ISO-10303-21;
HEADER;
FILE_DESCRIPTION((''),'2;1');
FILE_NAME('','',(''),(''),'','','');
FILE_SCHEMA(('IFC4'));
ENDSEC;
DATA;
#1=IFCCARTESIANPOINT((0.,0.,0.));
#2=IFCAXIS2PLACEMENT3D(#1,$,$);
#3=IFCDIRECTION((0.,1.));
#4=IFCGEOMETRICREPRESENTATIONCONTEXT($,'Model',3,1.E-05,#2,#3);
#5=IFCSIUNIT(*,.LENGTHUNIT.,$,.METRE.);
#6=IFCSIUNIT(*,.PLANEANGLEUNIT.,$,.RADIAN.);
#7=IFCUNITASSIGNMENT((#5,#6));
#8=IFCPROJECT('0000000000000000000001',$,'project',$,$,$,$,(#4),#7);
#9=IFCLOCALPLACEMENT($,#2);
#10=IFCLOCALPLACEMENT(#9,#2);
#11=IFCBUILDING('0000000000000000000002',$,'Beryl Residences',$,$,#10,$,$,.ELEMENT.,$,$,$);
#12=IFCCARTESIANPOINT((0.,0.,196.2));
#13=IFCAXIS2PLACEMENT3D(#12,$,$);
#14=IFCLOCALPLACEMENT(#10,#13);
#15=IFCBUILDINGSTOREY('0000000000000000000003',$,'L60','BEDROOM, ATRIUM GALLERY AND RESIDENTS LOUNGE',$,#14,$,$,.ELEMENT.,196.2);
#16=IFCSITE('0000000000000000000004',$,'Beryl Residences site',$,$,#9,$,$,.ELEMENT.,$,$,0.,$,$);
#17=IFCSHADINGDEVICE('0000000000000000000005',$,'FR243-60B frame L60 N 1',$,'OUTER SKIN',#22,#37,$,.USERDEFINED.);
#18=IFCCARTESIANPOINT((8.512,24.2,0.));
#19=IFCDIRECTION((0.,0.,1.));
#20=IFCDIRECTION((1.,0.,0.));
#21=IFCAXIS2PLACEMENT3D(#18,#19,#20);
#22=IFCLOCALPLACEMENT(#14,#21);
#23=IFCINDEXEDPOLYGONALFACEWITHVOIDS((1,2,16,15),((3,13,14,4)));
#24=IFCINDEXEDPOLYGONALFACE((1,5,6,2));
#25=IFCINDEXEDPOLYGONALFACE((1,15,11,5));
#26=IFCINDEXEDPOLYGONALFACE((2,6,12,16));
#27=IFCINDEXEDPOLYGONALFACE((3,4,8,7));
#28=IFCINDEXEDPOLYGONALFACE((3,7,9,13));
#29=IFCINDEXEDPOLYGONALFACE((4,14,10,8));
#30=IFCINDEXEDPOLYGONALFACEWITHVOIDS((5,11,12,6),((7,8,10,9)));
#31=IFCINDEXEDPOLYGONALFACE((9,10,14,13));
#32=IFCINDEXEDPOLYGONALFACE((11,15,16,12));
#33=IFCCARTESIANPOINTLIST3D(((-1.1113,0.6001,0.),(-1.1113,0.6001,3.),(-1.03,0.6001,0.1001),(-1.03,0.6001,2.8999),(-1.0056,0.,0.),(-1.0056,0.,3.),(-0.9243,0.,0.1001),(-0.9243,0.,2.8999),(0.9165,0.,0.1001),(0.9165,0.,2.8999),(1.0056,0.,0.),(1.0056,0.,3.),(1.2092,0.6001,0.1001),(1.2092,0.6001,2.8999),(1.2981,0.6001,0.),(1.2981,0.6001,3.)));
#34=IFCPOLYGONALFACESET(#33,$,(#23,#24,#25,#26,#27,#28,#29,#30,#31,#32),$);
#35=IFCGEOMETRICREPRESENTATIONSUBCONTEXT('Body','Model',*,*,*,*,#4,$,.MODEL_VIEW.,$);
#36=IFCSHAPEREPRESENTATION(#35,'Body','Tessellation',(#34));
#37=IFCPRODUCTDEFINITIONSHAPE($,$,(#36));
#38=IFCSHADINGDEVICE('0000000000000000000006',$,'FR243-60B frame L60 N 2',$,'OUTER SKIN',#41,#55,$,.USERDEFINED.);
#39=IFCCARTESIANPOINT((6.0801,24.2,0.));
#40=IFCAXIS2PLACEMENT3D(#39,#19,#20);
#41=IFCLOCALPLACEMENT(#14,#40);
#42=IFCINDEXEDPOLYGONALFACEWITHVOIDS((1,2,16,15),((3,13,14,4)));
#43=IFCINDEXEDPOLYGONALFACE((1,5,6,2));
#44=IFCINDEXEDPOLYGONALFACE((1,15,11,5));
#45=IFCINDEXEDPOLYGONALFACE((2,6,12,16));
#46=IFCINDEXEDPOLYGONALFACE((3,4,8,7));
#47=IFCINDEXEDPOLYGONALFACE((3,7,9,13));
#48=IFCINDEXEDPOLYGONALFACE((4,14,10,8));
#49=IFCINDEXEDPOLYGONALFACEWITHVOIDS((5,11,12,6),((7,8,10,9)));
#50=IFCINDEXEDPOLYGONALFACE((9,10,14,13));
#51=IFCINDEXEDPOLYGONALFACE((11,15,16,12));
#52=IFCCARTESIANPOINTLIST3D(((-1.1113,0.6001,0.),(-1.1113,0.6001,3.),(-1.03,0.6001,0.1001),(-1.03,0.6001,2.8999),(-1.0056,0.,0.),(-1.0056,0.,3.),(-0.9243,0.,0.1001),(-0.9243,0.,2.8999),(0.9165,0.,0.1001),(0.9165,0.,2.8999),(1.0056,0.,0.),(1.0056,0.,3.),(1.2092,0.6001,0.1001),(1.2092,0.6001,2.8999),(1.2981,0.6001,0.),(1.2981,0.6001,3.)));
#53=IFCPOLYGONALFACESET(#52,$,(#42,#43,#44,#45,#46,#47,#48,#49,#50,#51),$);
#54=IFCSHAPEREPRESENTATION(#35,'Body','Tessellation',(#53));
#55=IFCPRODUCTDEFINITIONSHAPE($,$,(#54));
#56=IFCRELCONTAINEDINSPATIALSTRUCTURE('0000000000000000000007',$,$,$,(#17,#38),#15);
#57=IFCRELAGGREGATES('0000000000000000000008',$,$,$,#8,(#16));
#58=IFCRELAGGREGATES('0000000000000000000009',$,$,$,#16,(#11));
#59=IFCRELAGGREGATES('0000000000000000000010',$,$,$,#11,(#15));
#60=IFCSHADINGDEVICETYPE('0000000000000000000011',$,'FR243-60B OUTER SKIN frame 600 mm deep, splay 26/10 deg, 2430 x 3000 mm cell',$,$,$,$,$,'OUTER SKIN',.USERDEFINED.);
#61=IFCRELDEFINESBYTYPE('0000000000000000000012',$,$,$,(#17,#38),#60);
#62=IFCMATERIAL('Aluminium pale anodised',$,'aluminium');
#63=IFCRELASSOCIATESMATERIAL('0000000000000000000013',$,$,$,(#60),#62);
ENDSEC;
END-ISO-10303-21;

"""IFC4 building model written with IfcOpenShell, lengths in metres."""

from ifc_helpers import new_model, entity, si_unit, direction, frame, origin, place, context, subcontext, project, spatial, source, transform, mapped, material, type_object, type_shapes, element, save


model = new_model("IFC4")

# Units and contexts
model_context = context("Model", 3, precision=1e-05, world=origin(), true_north=direction((0.0, 1.0)))
body_context = subcontext(model_context, "Body", "Model", "MODEL_VIEW")
ifc_project = project(units=[si_unit("LENGTHUNIT", "METRE"), si_unit("PLANEANGLEUNIT", "RADIAN")], contexts=[model_context])

# Site, building, storey
site_placement = place(None, origin())
site = spatial("IfcSite", under=ifc_project, at=site_placement, Name="Beryl Residences site", CompositionType="ELEMENT", RefElevation=0.0)
building_placement = place(site_placement, origin())
building = spatial("IfcBuilding", under=site, at=building_placement, Name="Beryl Residences", CompositionType="ELEMENT")
storey_placement = place(building_placement, frame((0.0, 0.0, 196.2)))
storey = spatial("IfcBuildingStorey", under=building, at=storey_placement, Name="L60", Description="BEDROOM, ATRIUM GALLERY AND RESIDENTS LOUNGE", CompositionType="ELEMENT", Elevation=196.2)

# Shading devices
ifc_material_1 = material(Name="Aluminium pale anodised", Category="aluminium")
shading_device_type = type_object("IfcShadingDeviceType", Name="FR243-60B OUTER SKIN frame 600 mm deep, splay 26/10 deg, 2430 x 3000 mm cell", ElementType="OUTER SKIN", PredefinedType="USERDEFINED", material=ifc_material_1)
cartesian_point_1 = entity("IfcCartesianPoint", [-1.0056, 0.0])
cartesian_point_2 = entity("IfcCartesianPoint", [-0.9165, 0.1001])
cartesian_point_3 = entity("IfcCartesianPoint", [-1.2981, 0.0])
cartesian_point_4 = entity("IfcCartesianPoint", [-1.2092, 0.1001])
shared_shape_1 = source(origin(), body_context, "Body", "SweptSolid", [
    entity("IfcExtrudedAreaSolidTapered", entity("IfcArbitraryProfileDefWithVoids", "AREA", None, entity("IfcPolyline", [cartesian_point_1, entity("IfcCartesianPoint", [1.0056, 0.0]), entity("IfcCartesianPoint", [1.0056, 3.0]), entity("IfcCartesianPoint", [-1.0056, 3.0]), cartesian_point_1]), [entity("IfcPolyline", [cartesian_point_2, entity("IfcCartesianPoint", [0.9243, 0.1001]), entity("IfcCartesianPoint", [0.9243, 2.8999]), entity("IfcCartesianPoint", [-0.9165, 2.8999]), cartesian_point_2])]), entity("IfcAxis2Placement3D", entity("IfcCartesianPoint", [0.0, 0.0, 0.0]), entity("IfcDirection", [0.0, 1.0, 0.0]), entity("IfcDirection", [-1.0, 0.0, 0.0])), entity("IfcDirection", [0.0, 0.0, 1.0]), 0.6001, entity("IfcArbitraryProfileDefWithVoids", "AREA", None, entity("IfcPolyline", [cartesian_point_3, entity("IfcCartesianPoint", [1.1113, 0.0]), entity("IfcCartesianPoint", [1.1113, 3.0]), entity("IfcCartesianPoint", [-1.2981, 3.0]), cartesian_point_3]), [entity("IfcPolyline", [cartesian_point_4, entity("IfcCartesianPoint", [1.03, 0.1001]), entity("IfcCartesianPoint", [1.03, 2.8999]), entity("IfcCartesianPoint", [-1.2092, 2.8999]), cartesian_point_4])])),
])
type_shapes(shading_device_type, [shared_shape_1])
for number, where, z_axis, x_axis, name in (
    (1, (8.512, 24.2, 0.0), (0.0, 0.0, 1.0), (1.0, 0.0, 0.0), "FR243-60B frame L60 N 1"),
    (2, (6.0801, 24.2, 0.0), (0.0, 0.0, 1.0), (1.0, 0.0, 0.0), "FR243-60B frame L60 N 2"),
):
    element("IfcShadingDevice", number, at=place(storey_placement, frame(where, z_axis=z_axis, x_axis=x_axis)), inside=storey, type_object=shading_device_type, Name=name, ObjectType="OUTER SKIN", PredefinedType="USERDEFINED", context=body_context, shape_type="MappedRepresentation", body=[
        mapped(shared_shape_1, transform((0.0, 0.0, 0.0))),
    ])

save(model, "model.ifc")
